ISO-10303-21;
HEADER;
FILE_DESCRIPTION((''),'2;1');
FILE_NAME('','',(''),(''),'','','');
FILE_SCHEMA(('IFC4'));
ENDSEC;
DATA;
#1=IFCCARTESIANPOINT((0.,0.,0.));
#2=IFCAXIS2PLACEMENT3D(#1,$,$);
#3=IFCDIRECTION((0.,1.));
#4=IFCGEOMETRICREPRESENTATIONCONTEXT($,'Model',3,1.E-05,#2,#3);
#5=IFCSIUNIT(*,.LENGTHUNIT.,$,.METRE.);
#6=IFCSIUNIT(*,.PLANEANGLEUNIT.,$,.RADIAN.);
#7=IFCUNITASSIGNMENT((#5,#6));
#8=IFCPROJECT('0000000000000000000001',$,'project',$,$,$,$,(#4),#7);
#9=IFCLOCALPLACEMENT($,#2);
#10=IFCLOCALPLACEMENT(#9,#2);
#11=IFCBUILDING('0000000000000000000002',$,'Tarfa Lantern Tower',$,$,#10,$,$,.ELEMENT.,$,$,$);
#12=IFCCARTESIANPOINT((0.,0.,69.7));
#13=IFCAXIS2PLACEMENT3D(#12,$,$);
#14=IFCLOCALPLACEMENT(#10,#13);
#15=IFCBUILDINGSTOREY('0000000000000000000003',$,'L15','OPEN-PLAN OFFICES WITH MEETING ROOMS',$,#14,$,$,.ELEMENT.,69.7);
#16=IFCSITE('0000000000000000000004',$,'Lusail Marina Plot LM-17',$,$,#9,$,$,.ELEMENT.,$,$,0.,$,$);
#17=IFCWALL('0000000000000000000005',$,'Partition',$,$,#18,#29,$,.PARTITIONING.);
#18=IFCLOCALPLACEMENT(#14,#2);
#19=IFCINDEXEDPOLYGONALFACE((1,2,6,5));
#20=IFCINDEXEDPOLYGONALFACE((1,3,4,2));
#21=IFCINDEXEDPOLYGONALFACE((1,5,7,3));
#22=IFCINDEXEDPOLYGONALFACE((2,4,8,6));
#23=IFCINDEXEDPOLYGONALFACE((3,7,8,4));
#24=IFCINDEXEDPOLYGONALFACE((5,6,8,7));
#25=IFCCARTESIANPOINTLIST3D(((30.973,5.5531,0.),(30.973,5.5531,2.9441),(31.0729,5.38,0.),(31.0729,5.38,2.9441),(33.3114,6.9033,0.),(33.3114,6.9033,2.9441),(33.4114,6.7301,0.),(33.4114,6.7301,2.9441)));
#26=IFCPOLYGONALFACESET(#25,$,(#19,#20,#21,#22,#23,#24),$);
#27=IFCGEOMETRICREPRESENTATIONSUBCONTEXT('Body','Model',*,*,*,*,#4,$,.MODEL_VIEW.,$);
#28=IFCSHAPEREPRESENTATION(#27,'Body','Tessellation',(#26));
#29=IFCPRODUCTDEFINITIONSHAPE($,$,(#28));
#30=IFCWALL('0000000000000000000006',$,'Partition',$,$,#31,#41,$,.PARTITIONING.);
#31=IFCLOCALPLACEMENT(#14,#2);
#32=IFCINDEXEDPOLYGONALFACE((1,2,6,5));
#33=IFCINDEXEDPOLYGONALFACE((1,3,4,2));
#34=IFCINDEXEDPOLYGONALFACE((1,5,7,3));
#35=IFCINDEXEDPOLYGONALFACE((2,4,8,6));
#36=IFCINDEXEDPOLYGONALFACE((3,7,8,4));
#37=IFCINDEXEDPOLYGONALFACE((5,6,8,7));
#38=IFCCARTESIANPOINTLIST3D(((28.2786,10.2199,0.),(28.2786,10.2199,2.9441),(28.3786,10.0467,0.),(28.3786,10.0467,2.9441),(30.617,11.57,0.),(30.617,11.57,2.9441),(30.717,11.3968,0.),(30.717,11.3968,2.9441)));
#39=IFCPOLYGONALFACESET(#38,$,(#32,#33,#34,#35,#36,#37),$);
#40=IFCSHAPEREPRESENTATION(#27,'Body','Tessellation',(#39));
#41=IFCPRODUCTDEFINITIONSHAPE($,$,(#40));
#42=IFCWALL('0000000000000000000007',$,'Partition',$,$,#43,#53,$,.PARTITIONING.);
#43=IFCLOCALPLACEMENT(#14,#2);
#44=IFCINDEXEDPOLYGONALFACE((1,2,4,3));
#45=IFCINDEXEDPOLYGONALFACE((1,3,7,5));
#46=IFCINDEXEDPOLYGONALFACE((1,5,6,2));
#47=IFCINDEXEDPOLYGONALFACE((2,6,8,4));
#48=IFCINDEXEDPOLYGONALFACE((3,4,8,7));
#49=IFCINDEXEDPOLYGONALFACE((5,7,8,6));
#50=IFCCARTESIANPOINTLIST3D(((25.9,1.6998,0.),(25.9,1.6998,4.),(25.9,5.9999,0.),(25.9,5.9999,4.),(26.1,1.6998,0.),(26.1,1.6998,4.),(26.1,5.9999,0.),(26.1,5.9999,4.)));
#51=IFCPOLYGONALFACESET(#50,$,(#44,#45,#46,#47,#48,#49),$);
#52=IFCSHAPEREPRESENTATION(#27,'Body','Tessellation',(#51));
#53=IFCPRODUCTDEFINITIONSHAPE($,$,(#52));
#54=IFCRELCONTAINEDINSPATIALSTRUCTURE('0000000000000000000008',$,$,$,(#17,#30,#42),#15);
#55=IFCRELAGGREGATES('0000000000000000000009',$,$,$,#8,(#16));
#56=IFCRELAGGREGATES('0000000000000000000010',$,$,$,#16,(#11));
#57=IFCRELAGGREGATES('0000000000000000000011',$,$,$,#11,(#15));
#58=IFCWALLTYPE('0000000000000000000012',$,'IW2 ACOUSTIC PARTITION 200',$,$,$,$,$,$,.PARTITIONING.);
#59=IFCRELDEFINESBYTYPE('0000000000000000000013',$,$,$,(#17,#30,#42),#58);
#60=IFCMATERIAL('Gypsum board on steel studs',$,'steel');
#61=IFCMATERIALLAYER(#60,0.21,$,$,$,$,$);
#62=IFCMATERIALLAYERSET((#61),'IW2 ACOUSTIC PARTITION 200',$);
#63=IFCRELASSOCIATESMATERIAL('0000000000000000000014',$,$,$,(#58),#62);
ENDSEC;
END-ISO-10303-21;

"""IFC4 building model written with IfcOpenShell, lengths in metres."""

from ifc_helpers import new_model, si_unit, direction, frame, frame_2d, origin, place, context, subcontext, project, spatial, rectangle, extrude, material, layer, layer_set, type_object, element, save


model = new_model("IFC4")

# Units and contexts
model_context = context("Model", 3, precision=1e-05, world=origin(), true_north=direction((0.0, 1.0)))
body_context = subcontext(model_context, "Body", "Model", "MODEL_VIEW")
ifc_project = project(units=[si_unit("LENGTHUNIT", "METRE"), si_unit("PLANEANGLEUNIT", "RADIAN")], contexts=[model_context])

# Site, building, storey
site_placement = place(None, origin())
site = spatial("IfcSite", under=ifc_project, at=site_placement, Name="Lusail Marina Plot LM-17", CompositionType="ELEMENT", RefElevation=0.0)
building_placement = place(site_placement, origin())
building = spatial("IfcBuilding", under=site, at=building_placement, Name="Tarfa Lantern Tower", CompositionType="ELEMENT")
storey_placement = place(building_placement, frame((0.0, 0.0, 69.7)))
storey = spatial("IfcBuildingStorey", under=building, at=storey_placement, Name="L15", Description="OPEN-PLAN OFFICES WITH MEETING ROOMS", CompositionType="ELEMENT", Elevation=69.7)

# Shared definitions
ifc_material_1 = material(Name="Gypsum board on steel studs", Category="steel")
ifc_layer_1 = layer(ifc_material_1, 0.21)
ifc_layer_set_1 = layer_set([ifc_layer_1], Name="IW2 ACOUSTIC PARTITION 200")
wall_type = type_object("IfcWallType", Name="IW2 ACOUSTIC PARTITION 200", PredefinedType="PARTITIONING", material=ifc_layer_set_1)

# Walls
for number, where, z_axis, x_axis, name in (
    (1, (31.0229, 5.4666, 0.0), (0.0, 0.0, 1.0), (0.86602, 0.500009, 0.0), "Partition"),
    (2, (28.3286, 10.1333, 0.0), (0.0, 0.0, 1.0), (0.86602, 0.500009, 0.0), "Partition"),
):
    element("IfcWall", number, at=place(storey_placement, frame(where, z_axis=z_axis, x_axis=x_axis)), inside=storey, type_object=wall_type, Name=name, PredefinedType="PARTITIONING", context=body_context, shape_type="SweptSolid", body=[
        extrude(rectangle(XDim=2.7002, YDim=0.2, at=frame_2d((1.3501, 0.0))), origin(), (0.0, 0.0, 1.0), 2.9441),
    ])
wall_1_placement = place(storey_placement, frame((26.0, 1.7, 0.0), z_axis=(0.0, 0.0, 1.0), x_axis=(0.0, 1.0, 0.0)))
element("IfcWall", 3, at=wall_1_placement, inside=storey, type_object=wall_type, Name="Partition", PredefinedType="PARTITIONING", context=body_context, shape_type="SweptSolid", body=[
    extrude(rectangle(XDim=4.3, YDim=0.2, at=frame_2d((2.1499, 0.0))), origin(), (0.0, 0.0, 1.0), 4.0),
])

save(model, "model.ifc")
